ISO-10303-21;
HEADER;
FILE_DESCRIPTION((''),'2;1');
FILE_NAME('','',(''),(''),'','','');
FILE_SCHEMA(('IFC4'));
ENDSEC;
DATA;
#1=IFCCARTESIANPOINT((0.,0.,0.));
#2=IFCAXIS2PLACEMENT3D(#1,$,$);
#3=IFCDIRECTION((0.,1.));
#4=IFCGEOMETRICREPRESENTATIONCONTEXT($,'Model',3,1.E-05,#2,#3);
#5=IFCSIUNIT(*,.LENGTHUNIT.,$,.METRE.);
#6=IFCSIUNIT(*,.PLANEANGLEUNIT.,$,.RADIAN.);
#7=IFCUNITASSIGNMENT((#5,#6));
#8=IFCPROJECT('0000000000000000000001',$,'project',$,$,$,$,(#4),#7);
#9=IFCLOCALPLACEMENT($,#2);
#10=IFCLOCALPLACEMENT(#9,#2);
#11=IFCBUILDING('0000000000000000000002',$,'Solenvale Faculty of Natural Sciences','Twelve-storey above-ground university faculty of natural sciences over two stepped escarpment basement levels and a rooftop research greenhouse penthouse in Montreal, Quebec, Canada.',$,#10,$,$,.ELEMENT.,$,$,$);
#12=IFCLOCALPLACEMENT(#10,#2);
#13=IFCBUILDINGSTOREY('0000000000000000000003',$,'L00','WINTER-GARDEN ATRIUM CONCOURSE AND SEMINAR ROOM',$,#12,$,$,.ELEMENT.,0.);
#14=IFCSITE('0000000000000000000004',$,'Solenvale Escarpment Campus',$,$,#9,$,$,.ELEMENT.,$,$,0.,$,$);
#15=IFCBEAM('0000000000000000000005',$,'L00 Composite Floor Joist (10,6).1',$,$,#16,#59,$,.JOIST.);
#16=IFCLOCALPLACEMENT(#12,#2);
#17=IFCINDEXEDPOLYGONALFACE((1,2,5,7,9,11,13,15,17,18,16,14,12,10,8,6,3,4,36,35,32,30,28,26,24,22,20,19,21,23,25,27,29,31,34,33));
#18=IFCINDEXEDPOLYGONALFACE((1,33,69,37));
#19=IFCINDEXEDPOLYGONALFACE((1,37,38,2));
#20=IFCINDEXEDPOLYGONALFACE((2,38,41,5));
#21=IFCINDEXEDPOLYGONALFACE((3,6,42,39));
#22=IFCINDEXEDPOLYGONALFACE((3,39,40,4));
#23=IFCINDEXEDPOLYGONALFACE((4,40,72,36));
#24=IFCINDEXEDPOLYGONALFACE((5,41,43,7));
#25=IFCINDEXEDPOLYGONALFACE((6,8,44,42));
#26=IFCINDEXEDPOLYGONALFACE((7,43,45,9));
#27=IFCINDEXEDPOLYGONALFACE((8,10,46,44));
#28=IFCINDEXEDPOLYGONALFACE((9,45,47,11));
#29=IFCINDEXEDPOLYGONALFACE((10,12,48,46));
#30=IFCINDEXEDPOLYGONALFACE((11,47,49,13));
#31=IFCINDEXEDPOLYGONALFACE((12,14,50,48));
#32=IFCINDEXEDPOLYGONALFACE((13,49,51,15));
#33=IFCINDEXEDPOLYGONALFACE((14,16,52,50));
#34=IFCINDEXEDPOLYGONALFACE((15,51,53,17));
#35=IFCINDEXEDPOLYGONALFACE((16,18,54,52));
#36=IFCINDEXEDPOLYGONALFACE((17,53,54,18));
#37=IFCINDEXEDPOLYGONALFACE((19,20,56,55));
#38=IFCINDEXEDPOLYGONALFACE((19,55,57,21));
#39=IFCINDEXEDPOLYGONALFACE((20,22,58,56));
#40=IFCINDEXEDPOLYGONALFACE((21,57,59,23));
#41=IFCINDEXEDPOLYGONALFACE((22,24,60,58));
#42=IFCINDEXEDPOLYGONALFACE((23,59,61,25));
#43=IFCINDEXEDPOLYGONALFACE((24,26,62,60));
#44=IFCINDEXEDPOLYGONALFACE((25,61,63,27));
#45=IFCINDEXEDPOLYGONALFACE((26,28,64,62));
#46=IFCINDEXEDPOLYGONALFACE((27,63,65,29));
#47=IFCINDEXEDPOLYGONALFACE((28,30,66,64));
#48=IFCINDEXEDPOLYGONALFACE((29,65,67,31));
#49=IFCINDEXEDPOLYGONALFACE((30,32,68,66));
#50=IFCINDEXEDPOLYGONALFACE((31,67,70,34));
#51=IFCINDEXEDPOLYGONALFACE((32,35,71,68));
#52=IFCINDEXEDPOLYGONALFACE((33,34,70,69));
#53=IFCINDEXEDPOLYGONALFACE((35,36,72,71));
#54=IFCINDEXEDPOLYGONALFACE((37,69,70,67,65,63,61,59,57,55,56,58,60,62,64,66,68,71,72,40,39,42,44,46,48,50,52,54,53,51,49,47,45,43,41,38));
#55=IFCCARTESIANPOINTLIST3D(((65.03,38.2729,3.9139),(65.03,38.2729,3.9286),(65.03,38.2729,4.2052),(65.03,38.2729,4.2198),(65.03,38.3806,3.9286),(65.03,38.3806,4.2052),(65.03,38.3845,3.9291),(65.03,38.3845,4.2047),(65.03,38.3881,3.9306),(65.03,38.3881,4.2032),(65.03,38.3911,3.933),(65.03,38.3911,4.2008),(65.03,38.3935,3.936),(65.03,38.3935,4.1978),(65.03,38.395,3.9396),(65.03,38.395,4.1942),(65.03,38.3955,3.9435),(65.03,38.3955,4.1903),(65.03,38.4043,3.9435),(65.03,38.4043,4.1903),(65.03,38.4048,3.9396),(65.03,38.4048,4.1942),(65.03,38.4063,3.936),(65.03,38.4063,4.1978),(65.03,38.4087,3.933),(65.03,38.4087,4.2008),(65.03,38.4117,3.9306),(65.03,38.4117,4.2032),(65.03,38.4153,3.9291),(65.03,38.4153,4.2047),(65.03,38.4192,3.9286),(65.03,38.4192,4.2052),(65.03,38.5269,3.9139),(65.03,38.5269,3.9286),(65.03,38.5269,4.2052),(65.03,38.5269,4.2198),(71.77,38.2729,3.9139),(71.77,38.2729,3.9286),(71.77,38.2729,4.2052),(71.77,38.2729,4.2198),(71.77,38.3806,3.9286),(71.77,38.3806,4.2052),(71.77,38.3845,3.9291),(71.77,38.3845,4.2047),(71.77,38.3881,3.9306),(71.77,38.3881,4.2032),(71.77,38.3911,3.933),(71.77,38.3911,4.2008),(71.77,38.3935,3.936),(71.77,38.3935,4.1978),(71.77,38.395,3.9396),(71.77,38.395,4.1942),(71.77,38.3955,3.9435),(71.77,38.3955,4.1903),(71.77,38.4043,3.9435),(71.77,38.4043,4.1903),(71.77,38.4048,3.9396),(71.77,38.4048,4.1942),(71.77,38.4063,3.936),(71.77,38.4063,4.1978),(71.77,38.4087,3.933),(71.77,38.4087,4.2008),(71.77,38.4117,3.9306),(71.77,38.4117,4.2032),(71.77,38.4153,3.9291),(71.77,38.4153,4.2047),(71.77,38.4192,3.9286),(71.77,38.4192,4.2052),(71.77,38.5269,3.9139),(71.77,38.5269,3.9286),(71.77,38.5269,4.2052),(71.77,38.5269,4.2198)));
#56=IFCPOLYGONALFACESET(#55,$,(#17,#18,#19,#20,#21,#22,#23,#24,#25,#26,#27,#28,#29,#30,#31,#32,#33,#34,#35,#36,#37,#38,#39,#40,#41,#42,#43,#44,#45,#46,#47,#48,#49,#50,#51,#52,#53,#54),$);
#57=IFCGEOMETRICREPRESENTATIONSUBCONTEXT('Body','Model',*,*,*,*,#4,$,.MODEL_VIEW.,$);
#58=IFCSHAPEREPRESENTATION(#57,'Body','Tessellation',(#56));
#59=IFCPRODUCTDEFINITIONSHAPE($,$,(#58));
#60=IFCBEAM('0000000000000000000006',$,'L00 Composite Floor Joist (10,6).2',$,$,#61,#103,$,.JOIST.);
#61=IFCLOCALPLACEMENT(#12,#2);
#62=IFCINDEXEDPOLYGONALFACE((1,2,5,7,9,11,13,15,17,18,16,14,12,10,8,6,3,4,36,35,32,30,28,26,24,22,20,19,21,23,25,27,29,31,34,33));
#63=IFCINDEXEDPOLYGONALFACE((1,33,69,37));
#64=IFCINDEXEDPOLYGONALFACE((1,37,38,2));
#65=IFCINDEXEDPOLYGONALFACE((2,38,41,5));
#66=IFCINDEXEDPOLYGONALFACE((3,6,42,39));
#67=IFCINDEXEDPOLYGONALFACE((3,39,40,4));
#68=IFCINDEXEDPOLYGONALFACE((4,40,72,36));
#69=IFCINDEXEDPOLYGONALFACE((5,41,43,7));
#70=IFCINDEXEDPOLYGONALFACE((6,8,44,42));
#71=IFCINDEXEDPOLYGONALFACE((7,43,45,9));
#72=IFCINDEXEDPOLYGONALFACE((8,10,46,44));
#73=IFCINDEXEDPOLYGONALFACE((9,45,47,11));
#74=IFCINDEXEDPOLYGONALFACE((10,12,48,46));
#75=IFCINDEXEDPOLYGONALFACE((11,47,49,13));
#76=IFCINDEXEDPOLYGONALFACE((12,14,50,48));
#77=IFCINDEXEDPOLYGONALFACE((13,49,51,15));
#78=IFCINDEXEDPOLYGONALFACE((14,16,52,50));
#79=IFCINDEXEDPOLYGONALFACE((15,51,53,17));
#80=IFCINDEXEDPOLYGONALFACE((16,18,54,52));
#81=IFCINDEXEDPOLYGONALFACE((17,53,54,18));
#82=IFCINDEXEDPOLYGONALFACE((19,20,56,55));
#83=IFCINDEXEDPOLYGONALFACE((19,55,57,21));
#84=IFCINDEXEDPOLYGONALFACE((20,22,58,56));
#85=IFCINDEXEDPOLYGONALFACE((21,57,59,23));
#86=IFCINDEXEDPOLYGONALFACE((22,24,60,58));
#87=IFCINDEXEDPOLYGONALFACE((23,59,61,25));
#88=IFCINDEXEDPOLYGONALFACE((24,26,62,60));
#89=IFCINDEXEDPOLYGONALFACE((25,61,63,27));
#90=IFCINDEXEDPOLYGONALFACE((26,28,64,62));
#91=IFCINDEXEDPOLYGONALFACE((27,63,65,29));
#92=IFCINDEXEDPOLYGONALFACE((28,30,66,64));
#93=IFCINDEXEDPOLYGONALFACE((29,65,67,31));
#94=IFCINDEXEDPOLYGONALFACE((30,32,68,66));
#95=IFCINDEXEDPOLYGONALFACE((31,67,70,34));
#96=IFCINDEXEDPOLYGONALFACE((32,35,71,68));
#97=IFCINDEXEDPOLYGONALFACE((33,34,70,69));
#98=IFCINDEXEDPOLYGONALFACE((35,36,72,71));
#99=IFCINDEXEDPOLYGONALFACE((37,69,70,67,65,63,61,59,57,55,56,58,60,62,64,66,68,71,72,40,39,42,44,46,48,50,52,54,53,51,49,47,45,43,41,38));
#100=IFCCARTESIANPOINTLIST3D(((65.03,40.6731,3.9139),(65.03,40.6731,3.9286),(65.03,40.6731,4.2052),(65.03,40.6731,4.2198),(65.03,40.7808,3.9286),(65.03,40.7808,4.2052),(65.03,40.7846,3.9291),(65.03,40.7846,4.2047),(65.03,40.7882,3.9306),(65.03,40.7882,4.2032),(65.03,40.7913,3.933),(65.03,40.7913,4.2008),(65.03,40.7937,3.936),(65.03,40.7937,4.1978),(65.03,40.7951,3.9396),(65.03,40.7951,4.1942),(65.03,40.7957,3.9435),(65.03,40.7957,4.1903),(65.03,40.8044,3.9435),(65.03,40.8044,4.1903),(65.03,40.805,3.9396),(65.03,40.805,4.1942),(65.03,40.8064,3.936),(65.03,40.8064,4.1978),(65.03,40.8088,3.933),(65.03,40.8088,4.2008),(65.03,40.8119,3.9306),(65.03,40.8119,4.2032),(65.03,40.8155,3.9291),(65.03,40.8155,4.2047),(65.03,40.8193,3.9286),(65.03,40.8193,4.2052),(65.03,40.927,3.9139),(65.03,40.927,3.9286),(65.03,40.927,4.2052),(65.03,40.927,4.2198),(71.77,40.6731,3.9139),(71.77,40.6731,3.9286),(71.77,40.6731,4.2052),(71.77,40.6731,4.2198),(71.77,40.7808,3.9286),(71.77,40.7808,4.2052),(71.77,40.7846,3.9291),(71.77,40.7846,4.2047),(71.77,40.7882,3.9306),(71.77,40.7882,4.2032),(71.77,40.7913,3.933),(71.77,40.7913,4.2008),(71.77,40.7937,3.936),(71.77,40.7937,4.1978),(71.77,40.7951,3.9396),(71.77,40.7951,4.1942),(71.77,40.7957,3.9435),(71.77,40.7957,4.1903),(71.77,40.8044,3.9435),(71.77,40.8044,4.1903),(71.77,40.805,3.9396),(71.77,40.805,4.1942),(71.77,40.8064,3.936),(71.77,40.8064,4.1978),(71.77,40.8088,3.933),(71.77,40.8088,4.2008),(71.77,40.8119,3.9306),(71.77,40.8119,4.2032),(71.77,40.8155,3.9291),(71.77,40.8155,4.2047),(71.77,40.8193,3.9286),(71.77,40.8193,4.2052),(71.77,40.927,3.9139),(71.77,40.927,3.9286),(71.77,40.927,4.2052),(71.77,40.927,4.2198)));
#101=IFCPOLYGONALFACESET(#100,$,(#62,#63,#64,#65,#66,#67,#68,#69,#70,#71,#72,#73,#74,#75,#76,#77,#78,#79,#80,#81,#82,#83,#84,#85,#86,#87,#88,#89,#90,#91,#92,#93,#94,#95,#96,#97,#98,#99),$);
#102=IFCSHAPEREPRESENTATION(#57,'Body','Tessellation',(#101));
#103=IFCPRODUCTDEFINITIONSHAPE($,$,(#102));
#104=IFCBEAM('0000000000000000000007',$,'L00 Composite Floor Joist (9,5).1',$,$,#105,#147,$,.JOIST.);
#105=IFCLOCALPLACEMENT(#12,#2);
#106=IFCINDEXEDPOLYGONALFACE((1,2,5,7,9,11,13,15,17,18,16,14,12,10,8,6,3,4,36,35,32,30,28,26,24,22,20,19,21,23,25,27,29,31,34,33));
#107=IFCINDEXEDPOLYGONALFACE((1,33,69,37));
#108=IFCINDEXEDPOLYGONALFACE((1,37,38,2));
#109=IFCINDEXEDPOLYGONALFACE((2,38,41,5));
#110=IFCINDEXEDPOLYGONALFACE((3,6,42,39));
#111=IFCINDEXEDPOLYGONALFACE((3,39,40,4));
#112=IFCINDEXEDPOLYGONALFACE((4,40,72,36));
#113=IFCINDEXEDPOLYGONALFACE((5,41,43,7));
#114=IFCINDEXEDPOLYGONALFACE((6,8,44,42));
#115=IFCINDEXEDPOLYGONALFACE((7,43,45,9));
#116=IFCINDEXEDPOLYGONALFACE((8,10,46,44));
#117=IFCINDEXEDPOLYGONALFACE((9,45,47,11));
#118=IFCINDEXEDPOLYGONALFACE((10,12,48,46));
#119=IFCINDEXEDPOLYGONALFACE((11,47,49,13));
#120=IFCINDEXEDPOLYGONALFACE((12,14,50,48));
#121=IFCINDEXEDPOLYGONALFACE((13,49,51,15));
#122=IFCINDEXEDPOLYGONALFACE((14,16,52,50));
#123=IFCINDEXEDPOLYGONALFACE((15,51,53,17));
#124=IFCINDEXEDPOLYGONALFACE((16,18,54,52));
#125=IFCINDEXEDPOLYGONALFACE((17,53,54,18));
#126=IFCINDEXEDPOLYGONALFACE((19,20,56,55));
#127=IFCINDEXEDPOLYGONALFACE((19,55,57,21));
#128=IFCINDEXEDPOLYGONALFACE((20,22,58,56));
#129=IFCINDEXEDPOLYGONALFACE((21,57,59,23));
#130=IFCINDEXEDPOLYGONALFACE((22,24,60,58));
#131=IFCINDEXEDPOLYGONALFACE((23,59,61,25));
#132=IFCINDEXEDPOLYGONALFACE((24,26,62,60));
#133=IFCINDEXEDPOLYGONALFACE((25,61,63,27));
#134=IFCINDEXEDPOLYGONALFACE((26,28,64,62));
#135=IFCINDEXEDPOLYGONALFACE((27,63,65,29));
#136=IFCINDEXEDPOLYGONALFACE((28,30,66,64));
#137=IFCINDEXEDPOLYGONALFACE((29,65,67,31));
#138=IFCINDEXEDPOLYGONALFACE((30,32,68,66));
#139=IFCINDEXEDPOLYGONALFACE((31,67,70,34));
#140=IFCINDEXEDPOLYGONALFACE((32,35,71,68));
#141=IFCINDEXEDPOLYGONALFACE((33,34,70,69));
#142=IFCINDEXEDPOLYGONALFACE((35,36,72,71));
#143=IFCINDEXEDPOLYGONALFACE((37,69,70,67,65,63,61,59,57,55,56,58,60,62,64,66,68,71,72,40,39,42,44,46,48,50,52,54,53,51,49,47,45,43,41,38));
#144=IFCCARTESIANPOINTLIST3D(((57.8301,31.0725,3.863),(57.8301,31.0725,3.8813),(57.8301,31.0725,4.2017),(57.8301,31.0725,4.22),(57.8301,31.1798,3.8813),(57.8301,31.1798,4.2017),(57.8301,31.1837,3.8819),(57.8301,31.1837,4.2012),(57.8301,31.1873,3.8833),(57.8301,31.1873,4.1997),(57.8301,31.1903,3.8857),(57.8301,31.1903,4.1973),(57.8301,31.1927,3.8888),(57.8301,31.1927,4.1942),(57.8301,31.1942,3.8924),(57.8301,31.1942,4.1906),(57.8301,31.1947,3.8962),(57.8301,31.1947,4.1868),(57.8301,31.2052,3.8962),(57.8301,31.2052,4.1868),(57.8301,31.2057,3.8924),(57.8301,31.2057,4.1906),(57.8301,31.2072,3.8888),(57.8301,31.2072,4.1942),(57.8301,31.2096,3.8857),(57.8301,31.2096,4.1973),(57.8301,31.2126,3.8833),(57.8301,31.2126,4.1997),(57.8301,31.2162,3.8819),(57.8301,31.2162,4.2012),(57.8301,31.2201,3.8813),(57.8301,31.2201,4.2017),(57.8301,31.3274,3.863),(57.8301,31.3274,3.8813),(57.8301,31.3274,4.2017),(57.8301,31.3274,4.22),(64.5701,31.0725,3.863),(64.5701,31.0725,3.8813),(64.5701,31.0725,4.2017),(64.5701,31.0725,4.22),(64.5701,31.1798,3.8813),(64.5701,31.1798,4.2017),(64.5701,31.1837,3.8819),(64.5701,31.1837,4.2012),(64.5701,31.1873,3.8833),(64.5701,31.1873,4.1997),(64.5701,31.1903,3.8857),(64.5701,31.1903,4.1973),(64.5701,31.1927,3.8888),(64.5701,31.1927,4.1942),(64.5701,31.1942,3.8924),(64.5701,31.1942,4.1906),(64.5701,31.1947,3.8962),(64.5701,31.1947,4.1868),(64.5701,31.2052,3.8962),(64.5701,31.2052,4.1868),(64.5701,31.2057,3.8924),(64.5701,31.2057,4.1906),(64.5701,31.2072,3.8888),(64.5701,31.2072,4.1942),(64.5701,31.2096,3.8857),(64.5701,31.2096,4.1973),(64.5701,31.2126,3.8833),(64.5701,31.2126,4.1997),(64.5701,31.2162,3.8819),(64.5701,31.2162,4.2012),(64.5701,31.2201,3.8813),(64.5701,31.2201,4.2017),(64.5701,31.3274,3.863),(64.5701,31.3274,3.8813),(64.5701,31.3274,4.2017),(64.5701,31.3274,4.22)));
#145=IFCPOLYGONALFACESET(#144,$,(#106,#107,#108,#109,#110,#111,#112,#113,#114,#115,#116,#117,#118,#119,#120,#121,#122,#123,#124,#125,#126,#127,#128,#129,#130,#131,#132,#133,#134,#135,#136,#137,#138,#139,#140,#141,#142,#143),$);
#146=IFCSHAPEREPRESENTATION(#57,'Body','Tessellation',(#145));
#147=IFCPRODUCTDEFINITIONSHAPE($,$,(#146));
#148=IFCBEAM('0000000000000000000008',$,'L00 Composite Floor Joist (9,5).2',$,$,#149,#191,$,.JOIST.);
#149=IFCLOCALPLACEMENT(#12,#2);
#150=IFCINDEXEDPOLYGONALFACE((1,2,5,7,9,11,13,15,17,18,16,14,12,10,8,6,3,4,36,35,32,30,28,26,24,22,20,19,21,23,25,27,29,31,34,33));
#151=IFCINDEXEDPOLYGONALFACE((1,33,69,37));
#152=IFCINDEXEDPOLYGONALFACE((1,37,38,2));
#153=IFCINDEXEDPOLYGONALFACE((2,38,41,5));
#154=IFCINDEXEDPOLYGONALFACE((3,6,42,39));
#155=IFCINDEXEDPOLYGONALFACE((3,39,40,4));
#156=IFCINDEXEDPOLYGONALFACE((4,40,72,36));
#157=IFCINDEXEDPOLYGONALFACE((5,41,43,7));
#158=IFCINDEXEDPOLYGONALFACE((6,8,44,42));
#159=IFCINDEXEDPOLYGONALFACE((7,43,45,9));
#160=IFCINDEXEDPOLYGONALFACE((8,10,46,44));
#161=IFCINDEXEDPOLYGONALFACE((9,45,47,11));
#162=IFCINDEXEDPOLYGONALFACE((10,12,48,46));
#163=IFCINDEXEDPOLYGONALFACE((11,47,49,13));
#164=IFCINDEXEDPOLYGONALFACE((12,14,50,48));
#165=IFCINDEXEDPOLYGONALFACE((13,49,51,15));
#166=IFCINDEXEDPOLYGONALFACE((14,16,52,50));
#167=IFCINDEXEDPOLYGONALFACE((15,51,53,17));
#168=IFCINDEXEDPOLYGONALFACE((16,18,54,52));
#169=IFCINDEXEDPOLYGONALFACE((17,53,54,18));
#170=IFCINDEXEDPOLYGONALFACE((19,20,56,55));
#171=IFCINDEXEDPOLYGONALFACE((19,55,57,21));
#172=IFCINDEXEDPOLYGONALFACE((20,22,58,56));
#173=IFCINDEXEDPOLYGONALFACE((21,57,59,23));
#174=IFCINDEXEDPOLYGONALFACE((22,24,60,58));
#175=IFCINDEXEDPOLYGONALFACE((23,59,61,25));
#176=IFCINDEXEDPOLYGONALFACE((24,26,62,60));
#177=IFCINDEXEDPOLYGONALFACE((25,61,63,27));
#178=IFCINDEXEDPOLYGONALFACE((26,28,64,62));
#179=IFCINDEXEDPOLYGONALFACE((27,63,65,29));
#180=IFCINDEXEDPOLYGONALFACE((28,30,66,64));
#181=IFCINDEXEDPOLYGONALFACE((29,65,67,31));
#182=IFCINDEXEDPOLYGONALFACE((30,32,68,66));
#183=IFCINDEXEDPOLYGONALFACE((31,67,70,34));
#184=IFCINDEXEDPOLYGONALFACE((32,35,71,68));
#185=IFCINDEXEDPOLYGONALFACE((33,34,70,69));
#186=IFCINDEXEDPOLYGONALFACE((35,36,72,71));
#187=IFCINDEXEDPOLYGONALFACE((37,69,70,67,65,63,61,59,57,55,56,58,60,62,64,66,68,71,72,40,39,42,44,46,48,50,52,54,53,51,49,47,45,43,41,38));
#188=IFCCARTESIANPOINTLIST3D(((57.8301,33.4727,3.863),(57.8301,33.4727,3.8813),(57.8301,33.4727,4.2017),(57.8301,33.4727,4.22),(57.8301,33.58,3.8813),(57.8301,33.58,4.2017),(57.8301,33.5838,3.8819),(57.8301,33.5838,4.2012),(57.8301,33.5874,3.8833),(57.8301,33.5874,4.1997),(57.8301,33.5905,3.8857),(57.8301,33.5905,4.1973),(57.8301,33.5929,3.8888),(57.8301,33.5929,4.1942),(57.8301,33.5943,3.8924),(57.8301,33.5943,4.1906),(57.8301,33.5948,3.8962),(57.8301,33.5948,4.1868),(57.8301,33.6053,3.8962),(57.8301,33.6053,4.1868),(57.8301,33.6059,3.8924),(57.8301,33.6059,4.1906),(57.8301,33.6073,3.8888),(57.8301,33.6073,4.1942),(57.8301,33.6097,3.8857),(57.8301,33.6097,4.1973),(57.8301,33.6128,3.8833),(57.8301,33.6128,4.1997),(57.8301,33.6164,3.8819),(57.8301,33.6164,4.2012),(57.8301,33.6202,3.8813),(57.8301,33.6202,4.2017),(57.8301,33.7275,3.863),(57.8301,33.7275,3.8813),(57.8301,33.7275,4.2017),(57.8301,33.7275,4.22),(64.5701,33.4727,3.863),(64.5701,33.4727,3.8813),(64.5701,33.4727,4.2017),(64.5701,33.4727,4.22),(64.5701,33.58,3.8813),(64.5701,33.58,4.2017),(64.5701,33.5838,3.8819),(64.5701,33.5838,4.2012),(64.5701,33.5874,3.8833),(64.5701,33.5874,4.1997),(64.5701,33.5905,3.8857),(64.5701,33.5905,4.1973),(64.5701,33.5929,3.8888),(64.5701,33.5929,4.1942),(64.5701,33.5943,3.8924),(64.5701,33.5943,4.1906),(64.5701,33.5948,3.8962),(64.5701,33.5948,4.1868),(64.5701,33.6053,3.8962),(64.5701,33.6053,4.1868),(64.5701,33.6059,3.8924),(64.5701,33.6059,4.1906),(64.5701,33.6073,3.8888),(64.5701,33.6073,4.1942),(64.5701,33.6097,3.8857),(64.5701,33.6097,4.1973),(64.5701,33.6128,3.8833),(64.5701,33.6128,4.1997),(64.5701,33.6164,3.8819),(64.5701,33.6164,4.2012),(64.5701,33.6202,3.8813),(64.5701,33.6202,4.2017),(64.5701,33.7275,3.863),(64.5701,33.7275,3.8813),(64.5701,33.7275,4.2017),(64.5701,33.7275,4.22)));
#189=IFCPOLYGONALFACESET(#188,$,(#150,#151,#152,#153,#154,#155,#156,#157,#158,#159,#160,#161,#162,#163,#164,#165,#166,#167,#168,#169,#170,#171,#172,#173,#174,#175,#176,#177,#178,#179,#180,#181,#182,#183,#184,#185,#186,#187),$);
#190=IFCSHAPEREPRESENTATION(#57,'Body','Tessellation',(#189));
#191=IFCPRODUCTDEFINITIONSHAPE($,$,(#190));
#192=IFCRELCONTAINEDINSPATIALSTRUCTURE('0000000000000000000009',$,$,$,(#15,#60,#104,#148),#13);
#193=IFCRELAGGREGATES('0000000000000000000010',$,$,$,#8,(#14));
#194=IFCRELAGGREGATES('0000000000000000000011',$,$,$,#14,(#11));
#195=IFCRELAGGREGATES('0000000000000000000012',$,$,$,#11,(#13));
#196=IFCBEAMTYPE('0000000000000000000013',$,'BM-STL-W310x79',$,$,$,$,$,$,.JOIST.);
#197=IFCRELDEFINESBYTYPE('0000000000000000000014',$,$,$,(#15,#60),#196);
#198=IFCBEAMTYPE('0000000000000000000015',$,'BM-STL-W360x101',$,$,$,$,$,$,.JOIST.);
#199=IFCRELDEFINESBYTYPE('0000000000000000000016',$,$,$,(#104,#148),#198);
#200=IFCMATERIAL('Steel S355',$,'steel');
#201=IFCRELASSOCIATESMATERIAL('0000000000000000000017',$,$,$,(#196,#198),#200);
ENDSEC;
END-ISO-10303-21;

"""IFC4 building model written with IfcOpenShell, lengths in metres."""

from ifc_helpers import new_model, si_unit, direction, frame, origin, origin_2d, place, context, subcontext, project, spatial, i_section, extrude, material, material_profile, profile_set, type_object, element, save


model = new_model("IFC4")

# Units and contexts
model_context = context("Model", 3, precision=1e-05, world=origin(), true_north=direction((0.0, 1.0)))
body_context = subcontext(model_context, "Body", "Model", "MODEL_VIEW")
ifc_project = project(units=[si_unit("LENGTHUNIT", "METRE"), si_unit("PLANEANGLEUNIT", "RADIAN")], contexts=[model_context])

# Site, building, storey
site_placement = place(None, origin())
site = spatial("IfcSite", under=ifc_project, at=site_placement, Name="Solenvale Escarpment Campus", CompositionType="ELEMENT", RefElevation=0.0)
building_placement = place(site_placement, origin())
building = spatial("IfcBuilding", under=site, at=building_placement, Name="Solenvale Faculty of Natural Sciences", Description="Twelve-storey above-ground university faculty of natural sciences over two stepped escarpment basement levels and a rooftop research greenhouse penthouse in Montreal, Quebec, Canada.", CompositionType="ELEMENT")
storey_placement = place(building_placement, origin())
storey = spatial("IfcBuildingStorey", under=building, at=storey_placement, Name="L00", Description="WINTER-GARDEN ATRIUM CONCOURSE AND SEMINAR ROOM", CompositionType="ELEMENT", Elevation=0.0)

# Beams
ifc_material_1 = material(Name="Steel S355", Category="steel")
ifc_material_profile_1 = material_profile(ifc_material_1, i_section(OverallWidth=0.2539, OverallDepth=0.3059, WebThickness=0.0088, FlangeThickness=0.0146, FilletRadius=0.0149, at=origin_2d()), Name="W310x79")
ifc_profile_set_1 = profile_set([ifc_material_profile_1], Name="Steel S355")
beam_type_1 = type_object("IfcBeamType", Name="BM-STL-W310x79", PredefinedType="JOIST", material=ifc_profile_set_1)
for number, where, z_axis, x_axis, name in (
    (1, (65.03, 38.3999, 4.0669), (1.0, 0.0, 0.0), (0.0, 1.0, 0.0), "L00 Composite Floor Joist (10,6).1"),
    (2, (65.03, 40.8, 4.0669), (1.0, 0.0, 0.0), (0.0, 1.0, 0.0), "L00 Composite Floor Joist (10,6).2"),
):
    element("IfcBeam", number, at=place(storey_placement, frame(where, z_axis=z_axis, x_axis=x_axis)), inside=storey, type_object=beam_type_1, Name=name, PredefinedType="JOIST", context=body_context, shape_type="SweptSolid", body=[
        extrude(i_section(OverallWidth=0.2539, OverallDepth=0.3059, WebThickness=0.0088, FlangeThickness=0.0146, FilletRadius=0.0149, at=origin_2d()), origin(), (0.0, 0.0, 1.0), 6.74),
    ])
ifc_material_profile_2 = material_profile(ifc_material_1, i_section(OverallWidth=0.2549, OverallDepth=0.3569, WebThickness=0.0105, FlangeThickness=0.0183, FilletRadius=0.0149, at=origin_2d()), Name="W360x101")
ifc_profile_set_2 = profile_set([ifc_material_profile_2], Name="Steel S355")
beam_type_2 = type_object("IfcBeamType", Name="BM-STL-W360x101", PredefinedType="JOIST", material=ifc_profile_set_2)
for number, where, z_axis, x_axis, name in (
    (3, (57.8301, 31.2, 4.0415), (1.0, 0.0, 0.0), (0.0, 1.0, 0.0), "L00 Composite Floor Joist (9,5).1"),
    (4, (57.8301, 33.6001, 4.0415), (1.0, 0.0, 0.0), (0.0, 1.0, 0.0), "L00 Composite Floor Joist (9,5).2"),
):
    element("IfcBeam", number, at=place(storey_placement, frame(where, z_axis=z_axis, x_axis=x_axis)), inside=storey, type_object=beam_type_2, Name=name, PredefinedType="JOIST", context=body_context, shape_type="SweptSolid", body=[
        extrude(i_section(OverallWidth=0.2549, OverallDepth=0.3569, WebThickness=0.0105, FlangeThickness=0.0183, FilletRadius=0.0149, at=origin_2d()), origin(), (0.0, 0.0, 1.0), 6.74),
    ])

save(model, "model.ifc")
